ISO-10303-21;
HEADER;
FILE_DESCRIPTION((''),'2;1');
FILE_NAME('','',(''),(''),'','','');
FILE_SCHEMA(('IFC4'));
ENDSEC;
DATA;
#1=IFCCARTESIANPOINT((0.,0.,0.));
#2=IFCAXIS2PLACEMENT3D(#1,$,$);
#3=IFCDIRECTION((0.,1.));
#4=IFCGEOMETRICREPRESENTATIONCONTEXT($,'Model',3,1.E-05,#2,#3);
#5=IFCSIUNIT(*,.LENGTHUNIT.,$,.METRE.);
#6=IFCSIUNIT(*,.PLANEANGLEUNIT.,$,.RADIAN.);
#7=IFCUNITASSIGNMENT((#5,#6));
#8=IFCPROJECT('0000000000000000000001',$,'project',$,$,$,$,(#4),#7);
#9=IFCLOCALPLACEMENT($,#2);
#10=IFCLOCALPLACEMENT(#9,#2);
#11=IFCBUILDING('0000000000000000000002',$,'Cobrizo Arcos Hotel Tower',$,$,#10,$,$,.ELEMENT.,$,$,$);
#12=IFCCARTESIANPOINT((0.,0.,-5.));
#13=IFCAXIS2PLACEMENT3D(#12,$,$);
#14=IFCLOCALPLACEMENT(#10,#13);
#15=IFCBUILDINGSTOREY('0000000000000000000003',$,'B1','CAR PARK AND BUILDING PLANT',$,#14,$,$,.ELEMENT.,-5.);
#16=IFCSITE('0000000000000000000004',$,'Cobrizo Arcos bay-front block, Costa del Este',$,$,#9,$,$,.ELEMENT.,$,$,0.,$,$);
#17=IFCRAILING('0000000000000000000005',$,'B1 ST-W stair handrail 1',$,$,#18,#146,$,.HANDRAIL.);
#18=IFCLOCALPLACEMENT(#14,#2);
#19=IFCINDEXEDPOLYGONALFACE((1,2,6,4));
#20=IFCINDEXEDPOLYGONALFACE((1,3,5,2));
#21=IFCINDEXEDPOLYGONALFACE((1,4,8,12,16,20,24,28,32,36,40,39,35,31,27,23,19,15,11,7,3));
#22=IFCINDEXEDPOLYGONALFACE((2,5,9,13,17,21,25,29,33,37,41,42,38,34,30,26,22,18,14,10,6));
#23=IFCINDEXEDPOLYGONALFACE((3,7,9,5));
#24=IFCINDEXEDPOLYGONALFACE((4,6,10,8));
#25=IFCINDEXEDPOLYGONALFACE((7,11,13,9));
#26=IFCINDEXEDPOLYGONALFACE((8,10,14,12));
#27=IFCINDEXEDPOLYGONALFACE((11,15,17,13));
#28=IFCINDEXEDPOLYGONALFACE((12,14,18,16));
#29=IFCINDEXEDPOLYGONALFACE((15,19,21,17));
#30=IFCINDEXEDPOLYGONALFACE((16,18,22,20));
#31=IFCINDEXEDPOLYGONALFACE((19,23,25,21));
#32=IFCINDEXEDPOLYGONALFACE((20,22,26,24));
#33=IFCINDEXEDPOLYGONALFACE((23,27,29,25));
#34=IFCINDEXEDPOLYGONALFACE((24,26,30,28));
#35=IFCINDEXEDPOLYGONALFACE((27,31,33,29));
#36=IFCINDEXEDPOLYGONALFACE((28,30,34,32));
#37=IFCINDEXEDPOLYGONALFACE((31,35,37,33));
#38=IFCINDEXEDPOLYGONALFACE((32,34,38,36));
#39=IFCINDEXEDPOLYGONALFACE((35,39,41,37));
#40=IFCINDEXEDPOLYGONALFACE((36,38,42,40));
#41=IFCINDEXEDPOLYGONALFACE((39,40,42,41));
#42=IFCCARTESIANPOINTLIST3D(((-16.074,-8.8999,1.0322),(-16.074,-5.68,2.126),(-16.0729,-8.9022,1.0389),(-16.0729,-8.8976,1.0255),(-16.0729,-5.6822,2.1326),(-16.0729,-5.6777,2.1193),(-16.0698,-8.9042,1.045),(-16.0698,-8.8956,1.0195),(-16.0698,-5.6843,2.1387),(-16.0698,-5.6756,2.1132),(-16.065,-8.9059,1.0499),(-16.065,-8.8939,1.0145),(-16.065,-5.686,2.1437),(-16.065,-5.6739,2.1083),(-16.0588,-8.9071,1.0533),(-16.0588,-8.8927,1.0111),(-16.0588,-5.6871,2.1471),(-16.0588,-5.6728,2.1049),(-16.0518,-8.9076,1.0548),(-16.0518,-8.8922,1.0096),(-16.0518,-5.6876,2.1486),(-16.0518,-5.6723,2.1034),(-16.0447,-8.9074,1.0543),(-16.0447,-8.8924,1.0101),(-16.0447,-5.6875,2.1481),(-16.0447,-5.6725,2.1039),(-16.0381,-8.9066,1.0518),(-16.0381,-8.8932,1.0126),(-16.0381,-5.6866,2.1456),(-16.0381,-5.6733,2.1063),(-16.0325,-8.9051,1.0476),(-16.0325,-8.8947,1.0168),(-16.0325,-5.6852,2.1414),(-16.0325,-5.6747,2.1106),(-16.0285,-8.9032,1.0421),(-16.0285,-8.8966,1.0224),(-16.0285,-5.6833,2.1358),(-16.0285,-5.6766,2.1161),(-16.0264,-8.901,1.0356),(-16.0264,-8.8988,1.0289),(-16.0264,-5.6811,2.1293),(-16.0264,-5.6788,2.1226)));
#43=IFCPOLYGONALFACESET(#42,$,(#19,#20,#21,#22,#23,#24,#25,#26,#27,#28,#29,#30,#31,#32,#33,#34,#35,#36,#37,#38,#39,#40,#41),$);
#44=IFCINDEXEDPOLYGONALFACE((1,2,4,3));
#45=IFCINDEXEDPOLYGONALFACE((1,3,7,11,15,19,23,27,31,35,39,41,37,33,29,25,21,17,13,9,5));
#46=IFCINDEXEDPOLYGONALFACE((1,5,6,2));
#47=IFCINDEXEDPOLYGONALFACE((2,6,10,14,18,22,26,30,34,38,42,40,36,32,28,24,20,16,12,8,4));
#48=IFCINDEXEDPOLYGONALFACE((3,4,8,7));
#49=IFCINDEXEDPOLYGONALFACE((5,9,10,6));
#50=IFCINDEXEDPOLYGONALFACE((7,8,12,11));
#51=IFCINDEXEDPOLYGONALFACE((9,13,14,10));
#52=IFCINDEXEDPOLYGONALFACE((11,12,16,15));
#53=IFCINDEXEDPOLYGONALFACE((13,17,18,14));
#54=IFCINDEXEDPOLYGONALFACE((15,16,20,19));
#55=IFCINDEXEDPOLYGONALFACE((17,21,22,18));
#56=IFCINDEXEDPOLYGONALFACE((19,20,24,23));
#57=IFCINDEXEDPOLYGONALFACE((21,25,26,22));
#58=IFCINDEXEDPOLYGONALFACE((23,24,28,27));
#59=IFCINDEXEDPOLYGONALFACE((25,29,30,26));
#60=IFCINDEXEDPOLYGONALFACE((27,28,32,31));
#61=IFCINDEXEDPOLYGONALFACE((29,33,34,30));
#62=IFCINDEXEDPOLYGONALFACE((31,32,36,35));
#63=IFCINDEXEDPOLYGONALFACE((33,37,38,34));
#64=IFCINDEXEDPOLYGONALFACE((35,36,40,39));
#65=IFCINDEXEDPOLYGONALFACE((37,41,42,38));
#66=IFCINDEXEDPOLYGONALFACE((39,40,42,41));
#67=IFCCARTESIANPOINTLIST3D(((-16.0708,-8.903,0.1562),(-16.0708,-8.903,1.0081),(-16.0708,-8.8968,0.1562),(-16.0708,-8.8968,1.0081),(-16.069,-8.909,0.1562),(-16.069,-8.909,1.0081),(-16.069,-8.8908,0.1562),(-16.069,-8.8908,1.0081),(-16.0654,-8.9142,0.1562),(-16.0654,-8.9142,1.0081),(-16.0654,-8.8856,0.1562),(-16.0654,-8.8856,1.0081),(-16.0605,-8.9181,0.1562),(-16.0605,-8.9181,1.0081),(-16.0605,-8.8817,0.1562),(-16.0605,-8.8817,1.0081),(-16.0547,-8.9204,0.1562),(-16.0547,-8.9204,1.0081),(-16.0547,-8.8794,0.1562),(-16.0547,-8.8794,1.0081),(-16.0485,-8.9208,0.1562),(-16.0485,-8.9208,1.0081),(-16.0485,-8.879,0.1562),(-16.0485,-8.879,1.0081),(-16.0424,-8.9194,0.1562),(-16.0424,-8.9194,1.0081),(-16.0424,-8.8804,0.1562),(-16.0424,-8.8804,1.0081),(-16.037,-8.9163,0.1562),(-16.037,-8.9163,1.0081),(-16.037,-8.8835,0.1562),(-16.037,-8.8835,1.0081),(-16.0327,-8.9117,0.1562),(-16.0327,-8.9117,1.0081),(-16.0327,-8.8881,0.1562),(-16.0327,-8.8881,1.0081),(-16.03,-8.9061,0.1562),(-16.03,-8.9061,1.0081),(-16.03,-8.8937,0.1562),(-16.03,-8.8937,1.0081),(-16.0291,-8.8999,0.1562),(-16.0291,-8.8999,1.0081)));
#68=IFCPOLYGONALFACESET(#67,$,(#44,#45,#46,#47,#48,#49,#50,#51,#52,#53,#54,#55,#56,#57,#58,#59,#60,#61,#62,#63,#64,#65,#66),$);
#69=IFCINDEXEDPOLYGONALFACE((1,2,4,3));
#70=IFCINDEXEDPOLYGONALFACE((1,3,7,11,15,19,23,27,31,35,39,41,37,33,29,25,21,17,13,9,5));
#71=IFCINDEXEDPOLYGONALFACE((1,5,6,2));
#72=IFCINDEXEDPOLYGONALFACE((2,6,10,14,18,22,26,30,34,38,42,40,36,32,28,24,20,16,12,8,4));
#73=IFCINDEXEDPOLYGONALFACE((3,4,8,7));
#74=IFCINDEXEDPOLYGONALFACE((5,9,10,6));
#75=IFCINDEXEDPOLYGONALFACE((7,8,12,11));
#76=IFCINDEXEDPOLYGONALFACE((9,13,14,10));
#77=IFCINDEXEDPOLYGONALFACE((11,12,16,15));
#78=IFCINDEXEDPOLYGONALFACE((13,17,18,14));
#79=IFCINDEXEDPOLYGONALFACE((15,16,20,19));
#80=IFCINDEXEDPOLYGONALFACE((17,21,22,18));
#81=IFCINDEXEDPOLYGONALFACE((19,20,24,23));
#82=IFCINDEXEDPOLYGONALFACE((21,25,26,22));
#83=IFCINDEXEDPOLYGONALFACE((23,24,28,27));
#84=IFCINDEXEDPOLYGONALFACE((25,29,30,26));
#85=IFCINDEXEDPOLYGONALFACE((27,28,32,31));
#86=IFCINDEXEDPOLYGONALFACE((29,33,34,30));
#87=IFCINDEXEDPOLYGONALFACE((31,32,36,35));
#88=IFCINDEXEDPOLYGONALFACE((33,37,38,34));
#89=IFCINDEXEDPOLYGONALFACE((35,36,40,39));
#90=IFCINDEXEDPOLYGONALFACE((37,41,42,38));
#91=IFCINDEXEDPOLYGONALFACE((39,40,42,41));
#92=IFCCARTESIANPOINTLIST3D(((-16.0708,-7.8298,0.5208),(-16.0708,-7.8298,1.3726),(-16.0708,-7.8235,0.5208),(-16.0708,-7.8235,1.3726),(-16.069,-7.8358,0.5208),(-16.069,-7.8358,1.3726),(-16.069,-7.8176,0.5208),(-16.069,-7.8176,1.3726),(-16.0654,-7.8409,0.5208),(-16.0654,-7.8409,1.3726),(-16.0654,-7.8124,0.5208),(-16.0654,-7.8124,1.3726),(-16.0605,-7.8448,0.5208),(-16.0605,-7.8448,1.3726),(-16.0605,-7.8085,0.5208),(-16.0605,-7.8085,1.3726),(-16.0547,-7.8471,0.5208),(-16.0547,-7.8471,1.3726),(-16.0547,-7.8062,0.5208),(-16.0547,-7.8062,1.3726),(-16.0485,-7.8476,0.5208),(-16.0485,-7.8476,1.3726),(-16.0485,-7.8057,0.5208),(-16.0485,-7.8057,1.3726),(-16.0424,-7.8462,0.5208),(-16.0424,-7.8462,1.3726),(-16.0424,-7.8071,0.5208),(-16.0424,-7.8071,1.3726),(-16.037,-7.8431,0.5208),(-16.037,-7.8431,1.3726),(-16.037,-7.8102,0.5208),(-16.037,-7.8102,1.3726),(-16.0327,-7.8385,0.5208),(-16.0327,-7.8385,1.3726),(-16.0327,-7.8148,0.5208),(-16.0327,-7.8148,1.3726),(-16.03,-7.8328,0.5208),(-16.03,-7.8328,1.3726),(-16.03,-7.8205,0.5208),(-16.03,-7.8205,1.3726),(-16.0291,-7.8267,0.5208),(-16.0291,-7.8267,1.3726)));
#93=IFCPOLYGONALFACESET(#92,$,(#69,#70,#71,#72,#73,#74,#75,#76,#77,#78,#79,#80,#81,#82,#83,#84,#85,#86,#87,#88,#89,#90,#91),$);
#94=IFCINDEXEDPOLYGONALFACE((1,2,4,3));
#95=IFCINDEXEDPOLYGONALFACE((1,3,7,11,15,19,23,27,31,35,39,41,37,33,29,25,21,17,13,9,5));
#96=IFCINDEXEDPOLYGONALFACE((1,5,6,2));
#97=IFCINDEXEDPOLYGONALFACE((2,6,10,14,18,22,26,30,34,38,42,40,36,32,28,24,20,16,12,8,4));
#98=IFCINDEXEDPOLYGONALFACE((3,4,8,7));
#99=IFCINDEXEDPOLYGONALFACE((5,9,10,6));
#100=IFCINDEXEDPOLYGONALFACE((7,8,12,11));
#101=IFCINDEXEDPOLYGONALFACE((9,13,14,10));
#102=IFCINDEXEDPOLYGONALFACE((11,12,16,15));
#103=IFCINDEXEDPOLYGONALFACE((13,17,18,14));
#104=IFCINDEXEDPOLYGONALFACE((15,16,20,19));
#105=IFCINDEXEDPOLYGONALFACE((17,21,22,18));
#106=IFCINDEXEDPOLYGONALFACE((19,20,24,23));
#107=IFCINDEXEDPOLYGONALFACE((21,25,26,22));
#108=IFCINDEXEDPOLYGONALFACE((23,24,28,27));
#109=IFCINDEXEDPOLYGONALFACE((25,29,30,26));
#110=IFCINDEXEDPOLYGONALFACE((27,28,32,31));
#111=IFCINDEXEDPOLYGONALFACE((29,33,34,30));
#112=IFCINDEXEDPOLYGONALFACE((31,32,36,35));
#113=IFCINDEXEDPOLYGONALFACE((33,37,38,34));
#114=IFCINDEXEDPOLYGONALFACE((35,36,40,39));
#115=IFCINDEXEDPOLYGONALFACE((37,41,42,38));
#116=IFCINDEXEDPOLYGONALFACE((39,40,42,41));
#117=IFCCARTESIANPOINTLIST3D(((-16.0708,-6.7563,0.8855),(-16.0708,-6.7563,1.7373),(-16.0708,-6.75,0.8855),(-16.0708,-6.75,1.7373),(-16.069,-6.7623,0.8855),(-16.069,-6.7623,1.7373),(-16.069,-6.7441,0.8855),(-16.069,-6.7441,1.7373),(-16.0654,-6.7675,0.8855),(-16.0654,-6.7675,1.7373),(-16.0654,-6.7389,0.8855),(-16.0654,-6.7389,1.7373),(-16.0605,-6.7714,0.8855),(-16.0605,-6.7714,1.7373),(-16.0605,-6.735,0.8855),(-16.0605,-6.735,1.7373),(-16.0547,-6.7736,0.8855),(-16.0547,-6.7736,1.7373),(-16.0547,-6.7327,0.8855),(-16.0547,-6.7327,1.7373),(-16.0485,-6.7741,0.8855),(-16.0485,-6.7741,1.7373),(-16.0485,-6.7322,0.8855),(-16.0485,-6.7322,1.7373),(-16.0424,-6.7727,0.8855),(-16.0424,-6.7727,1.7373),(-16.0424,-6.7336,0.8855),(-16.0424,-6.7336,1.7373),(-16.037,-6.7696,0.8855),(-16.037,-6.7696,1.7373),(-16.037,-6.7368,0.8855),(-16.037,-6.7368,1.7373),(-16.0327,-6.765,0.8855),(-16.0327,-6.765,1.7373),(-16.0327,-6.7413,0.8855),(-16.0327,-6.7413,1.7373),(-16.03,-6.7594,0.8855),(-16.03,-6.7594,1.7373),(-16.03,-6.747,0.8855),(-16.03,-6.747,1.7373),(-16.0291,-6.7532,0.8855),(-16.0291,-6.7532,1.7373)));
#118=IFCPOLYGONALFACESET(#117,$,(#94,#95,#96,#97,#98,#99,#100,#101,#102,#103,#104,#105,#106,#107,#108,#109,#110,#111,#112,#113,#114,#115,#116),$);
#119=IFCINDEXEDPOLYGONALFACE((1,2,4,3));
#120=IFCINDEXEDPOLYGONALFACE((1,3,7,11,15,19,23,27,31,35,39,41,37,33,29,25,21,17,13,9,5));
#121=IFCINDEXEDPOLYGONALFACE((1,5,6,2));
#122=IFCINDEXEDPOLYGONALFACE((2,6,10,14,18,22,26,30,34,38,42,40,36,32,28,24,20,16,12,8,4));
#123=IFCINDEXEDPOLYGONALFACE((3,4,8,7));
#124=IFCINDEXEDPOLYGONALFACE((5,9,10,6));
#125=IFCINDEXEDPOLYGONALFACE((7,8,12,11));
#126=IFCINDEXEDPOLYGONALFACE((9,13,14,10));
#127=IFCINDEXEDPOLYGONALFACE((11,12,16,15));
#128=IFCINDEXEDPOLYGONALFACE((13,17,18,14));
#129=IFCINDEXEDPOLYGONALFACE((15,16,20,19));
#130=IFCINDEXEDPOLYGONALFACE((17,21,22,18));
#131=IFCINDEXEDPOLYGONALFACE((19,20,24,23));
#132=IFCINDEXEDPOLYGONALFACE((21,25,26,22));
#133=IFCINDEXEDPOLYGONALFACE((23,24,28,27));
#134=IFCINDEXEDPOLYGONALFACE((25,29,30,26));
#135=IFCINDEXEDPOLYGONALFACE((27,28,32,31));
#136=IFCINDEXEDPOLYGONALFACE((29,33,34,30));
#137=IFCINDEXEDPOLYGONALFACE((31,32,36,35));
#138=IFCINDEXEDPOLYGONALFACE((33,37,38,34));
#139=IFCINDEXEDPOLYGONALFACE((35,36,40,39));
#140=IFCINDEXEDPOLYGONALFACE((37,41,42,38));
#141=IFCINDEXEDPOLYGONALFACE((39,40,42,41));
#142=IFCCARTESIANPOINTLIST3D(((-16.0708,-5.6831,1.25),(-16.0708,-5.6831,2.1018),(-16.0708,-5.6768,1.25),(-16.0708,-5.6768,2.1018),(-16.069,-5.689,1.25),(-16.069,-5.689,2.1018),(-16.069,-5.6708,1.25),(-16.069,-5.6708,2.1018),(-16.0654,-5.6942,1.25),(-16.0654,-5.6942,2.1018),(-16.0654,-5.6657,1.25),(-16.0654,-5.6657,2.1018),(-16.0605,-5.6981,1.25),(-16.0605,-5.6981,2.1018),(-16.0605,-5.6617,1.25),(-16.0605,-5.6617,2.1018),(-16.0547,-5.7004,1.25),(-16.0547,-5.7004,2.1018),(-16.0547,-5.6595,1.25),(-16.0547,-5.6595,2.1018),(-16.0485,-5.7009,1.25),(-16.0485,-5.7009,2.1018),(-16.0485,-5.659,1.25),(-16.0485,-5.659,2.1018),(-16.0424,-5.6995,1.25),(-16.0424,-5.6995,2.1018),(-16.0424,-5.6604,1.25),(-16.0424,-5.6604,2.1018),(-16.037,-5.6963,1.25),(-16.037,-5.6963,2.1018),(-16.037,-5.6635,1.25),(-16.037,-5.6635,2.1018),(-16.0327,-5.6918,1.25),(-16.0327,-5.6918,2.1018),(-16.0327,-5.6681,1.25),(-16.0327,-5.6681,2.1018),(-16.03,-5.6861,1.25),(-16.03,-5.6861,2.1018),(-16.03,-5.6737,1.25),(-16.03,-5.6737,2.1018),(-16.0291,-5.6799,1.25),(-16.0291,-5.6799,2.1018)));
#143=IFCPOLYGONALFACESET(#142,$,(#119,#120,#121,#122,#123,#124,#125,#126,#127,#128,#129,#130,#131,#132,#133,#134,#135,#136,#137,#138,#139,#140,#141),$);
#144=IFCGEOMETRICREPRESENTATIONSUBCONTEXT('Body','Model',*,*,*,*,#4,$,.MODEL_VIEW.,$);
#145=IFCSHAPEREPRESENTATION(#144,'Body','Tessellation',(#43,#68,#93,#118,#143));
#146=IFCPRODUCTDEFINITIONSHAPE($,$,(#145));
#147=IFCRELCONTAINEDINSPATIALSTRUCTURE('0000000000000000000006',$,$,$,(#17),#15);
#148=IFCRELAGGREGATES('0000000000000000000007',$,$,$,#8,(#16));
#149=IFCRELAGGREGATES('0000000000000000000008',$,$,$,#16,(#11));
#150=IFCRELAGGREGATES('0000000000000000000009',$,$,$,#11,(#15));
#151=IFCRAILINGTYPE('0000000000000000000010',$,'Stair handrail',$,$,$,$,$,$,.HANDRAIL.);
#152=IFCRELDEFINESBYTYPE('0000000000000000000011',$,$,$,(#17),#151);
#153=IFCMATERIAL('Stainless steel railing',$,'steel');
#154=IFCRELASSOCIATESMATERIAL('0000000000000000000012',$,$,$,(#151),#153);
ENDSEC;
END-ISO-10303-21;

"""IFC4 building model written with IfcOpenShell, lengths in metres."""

from ifc_helpers import new_model, si_unit, direction, frame, origin, origin_2d, place, context, subcontext, project, spatial, circle, extrude, material, type_object, element, save


model = new_model("IFC4")

# Units and contexts
model_context = context("Model", 3, precision=1e-05, world=origin(), true_north=direction((0.0, 1.0)))
body_context = subcontext(model_context, "Body", "Model", "MODEL_VIEW")
ifc_project = project(units=[si_unit("LENGTHUNIT", "METRE"), si_unit("PLANEANGLEUNIT", "RADIAN")], contexts=[model_context])

# Site, building, storey
site_placement = place(None, origin())
site = spatial("IfcSite", under=ifc_project, at=site_placement, Name="Cobrizo Arcos bay-front block, Costa del Este", CompositionType="ELEMENT", RefElevation=0.0)
building_placement = place(site_placement, origin())
building = spatial("IfcBuilding", under=site, at=building_placement, Name="Cobrizo Arcos Hotel Tower", CompositionType="ELEMENT")
storey_placement = place(building_placement, frame((0.0, 0.0, -5.0)))
storey = spatial("IfcBuildingStorey", under=building, at=storey_placement, Name="B1", Description="CAR PARK AND BUILDING PLANT", CompositionType="ELEMENT", Elevation=-5.0)

# Railing
ifc_material_1 = material(Name="Stainless steel railing", Category="steel")
railing_type_1 = type_object("IfcRailingType", Name="Stair handrail", PredefinedType="HANDRAIL", material=ifc_material_1)
railing_1_placement = place(storey_placement, frame((-16.05, -8.8999, 0.1562)))
element("IfcRailing", 1, at=railing_1_placement, inside=storey, type_object=railing_type_1, Name="B1 ST-W stair handrail 1", PredefinedType="HANDRAIL", context=body_context, shape_type="SweptSolid", body=[
    extrude(circle(Radius=0.0239, at=origin_2d()), frame((0.0, 0.0, 0.876), z_axis=(0.0, 0.946866, 0.321629), x_axis=(-1.0, 0.0, 0.0)), (0.0, 0.0, 1.0), 3.4006),
    extrude(circle(Radius=0.021, at=origin_2d()), origin(), (0.0, 0.0, 1.0), 0.8518),
    extrude(circle(Radius=0.021, at=origin_2d()), frame((0.0, 1.0732, 0.3645)), (0.0, 0.0, 1.0), 0.8518),
    extrude(circle(Radius=0.021, at=origin_2d()), frame((0.0, 2.1467, 0.7292)), (0.0, 0.0, 1.0), 0.8518),
    extrude(circle(Radius=0.021, at=origin_2d()), frame((0.0, 3.22, 1.0938)), (0.0, 0.0, 1.0), 0.8518),
])

save(model, "model.ifc")
